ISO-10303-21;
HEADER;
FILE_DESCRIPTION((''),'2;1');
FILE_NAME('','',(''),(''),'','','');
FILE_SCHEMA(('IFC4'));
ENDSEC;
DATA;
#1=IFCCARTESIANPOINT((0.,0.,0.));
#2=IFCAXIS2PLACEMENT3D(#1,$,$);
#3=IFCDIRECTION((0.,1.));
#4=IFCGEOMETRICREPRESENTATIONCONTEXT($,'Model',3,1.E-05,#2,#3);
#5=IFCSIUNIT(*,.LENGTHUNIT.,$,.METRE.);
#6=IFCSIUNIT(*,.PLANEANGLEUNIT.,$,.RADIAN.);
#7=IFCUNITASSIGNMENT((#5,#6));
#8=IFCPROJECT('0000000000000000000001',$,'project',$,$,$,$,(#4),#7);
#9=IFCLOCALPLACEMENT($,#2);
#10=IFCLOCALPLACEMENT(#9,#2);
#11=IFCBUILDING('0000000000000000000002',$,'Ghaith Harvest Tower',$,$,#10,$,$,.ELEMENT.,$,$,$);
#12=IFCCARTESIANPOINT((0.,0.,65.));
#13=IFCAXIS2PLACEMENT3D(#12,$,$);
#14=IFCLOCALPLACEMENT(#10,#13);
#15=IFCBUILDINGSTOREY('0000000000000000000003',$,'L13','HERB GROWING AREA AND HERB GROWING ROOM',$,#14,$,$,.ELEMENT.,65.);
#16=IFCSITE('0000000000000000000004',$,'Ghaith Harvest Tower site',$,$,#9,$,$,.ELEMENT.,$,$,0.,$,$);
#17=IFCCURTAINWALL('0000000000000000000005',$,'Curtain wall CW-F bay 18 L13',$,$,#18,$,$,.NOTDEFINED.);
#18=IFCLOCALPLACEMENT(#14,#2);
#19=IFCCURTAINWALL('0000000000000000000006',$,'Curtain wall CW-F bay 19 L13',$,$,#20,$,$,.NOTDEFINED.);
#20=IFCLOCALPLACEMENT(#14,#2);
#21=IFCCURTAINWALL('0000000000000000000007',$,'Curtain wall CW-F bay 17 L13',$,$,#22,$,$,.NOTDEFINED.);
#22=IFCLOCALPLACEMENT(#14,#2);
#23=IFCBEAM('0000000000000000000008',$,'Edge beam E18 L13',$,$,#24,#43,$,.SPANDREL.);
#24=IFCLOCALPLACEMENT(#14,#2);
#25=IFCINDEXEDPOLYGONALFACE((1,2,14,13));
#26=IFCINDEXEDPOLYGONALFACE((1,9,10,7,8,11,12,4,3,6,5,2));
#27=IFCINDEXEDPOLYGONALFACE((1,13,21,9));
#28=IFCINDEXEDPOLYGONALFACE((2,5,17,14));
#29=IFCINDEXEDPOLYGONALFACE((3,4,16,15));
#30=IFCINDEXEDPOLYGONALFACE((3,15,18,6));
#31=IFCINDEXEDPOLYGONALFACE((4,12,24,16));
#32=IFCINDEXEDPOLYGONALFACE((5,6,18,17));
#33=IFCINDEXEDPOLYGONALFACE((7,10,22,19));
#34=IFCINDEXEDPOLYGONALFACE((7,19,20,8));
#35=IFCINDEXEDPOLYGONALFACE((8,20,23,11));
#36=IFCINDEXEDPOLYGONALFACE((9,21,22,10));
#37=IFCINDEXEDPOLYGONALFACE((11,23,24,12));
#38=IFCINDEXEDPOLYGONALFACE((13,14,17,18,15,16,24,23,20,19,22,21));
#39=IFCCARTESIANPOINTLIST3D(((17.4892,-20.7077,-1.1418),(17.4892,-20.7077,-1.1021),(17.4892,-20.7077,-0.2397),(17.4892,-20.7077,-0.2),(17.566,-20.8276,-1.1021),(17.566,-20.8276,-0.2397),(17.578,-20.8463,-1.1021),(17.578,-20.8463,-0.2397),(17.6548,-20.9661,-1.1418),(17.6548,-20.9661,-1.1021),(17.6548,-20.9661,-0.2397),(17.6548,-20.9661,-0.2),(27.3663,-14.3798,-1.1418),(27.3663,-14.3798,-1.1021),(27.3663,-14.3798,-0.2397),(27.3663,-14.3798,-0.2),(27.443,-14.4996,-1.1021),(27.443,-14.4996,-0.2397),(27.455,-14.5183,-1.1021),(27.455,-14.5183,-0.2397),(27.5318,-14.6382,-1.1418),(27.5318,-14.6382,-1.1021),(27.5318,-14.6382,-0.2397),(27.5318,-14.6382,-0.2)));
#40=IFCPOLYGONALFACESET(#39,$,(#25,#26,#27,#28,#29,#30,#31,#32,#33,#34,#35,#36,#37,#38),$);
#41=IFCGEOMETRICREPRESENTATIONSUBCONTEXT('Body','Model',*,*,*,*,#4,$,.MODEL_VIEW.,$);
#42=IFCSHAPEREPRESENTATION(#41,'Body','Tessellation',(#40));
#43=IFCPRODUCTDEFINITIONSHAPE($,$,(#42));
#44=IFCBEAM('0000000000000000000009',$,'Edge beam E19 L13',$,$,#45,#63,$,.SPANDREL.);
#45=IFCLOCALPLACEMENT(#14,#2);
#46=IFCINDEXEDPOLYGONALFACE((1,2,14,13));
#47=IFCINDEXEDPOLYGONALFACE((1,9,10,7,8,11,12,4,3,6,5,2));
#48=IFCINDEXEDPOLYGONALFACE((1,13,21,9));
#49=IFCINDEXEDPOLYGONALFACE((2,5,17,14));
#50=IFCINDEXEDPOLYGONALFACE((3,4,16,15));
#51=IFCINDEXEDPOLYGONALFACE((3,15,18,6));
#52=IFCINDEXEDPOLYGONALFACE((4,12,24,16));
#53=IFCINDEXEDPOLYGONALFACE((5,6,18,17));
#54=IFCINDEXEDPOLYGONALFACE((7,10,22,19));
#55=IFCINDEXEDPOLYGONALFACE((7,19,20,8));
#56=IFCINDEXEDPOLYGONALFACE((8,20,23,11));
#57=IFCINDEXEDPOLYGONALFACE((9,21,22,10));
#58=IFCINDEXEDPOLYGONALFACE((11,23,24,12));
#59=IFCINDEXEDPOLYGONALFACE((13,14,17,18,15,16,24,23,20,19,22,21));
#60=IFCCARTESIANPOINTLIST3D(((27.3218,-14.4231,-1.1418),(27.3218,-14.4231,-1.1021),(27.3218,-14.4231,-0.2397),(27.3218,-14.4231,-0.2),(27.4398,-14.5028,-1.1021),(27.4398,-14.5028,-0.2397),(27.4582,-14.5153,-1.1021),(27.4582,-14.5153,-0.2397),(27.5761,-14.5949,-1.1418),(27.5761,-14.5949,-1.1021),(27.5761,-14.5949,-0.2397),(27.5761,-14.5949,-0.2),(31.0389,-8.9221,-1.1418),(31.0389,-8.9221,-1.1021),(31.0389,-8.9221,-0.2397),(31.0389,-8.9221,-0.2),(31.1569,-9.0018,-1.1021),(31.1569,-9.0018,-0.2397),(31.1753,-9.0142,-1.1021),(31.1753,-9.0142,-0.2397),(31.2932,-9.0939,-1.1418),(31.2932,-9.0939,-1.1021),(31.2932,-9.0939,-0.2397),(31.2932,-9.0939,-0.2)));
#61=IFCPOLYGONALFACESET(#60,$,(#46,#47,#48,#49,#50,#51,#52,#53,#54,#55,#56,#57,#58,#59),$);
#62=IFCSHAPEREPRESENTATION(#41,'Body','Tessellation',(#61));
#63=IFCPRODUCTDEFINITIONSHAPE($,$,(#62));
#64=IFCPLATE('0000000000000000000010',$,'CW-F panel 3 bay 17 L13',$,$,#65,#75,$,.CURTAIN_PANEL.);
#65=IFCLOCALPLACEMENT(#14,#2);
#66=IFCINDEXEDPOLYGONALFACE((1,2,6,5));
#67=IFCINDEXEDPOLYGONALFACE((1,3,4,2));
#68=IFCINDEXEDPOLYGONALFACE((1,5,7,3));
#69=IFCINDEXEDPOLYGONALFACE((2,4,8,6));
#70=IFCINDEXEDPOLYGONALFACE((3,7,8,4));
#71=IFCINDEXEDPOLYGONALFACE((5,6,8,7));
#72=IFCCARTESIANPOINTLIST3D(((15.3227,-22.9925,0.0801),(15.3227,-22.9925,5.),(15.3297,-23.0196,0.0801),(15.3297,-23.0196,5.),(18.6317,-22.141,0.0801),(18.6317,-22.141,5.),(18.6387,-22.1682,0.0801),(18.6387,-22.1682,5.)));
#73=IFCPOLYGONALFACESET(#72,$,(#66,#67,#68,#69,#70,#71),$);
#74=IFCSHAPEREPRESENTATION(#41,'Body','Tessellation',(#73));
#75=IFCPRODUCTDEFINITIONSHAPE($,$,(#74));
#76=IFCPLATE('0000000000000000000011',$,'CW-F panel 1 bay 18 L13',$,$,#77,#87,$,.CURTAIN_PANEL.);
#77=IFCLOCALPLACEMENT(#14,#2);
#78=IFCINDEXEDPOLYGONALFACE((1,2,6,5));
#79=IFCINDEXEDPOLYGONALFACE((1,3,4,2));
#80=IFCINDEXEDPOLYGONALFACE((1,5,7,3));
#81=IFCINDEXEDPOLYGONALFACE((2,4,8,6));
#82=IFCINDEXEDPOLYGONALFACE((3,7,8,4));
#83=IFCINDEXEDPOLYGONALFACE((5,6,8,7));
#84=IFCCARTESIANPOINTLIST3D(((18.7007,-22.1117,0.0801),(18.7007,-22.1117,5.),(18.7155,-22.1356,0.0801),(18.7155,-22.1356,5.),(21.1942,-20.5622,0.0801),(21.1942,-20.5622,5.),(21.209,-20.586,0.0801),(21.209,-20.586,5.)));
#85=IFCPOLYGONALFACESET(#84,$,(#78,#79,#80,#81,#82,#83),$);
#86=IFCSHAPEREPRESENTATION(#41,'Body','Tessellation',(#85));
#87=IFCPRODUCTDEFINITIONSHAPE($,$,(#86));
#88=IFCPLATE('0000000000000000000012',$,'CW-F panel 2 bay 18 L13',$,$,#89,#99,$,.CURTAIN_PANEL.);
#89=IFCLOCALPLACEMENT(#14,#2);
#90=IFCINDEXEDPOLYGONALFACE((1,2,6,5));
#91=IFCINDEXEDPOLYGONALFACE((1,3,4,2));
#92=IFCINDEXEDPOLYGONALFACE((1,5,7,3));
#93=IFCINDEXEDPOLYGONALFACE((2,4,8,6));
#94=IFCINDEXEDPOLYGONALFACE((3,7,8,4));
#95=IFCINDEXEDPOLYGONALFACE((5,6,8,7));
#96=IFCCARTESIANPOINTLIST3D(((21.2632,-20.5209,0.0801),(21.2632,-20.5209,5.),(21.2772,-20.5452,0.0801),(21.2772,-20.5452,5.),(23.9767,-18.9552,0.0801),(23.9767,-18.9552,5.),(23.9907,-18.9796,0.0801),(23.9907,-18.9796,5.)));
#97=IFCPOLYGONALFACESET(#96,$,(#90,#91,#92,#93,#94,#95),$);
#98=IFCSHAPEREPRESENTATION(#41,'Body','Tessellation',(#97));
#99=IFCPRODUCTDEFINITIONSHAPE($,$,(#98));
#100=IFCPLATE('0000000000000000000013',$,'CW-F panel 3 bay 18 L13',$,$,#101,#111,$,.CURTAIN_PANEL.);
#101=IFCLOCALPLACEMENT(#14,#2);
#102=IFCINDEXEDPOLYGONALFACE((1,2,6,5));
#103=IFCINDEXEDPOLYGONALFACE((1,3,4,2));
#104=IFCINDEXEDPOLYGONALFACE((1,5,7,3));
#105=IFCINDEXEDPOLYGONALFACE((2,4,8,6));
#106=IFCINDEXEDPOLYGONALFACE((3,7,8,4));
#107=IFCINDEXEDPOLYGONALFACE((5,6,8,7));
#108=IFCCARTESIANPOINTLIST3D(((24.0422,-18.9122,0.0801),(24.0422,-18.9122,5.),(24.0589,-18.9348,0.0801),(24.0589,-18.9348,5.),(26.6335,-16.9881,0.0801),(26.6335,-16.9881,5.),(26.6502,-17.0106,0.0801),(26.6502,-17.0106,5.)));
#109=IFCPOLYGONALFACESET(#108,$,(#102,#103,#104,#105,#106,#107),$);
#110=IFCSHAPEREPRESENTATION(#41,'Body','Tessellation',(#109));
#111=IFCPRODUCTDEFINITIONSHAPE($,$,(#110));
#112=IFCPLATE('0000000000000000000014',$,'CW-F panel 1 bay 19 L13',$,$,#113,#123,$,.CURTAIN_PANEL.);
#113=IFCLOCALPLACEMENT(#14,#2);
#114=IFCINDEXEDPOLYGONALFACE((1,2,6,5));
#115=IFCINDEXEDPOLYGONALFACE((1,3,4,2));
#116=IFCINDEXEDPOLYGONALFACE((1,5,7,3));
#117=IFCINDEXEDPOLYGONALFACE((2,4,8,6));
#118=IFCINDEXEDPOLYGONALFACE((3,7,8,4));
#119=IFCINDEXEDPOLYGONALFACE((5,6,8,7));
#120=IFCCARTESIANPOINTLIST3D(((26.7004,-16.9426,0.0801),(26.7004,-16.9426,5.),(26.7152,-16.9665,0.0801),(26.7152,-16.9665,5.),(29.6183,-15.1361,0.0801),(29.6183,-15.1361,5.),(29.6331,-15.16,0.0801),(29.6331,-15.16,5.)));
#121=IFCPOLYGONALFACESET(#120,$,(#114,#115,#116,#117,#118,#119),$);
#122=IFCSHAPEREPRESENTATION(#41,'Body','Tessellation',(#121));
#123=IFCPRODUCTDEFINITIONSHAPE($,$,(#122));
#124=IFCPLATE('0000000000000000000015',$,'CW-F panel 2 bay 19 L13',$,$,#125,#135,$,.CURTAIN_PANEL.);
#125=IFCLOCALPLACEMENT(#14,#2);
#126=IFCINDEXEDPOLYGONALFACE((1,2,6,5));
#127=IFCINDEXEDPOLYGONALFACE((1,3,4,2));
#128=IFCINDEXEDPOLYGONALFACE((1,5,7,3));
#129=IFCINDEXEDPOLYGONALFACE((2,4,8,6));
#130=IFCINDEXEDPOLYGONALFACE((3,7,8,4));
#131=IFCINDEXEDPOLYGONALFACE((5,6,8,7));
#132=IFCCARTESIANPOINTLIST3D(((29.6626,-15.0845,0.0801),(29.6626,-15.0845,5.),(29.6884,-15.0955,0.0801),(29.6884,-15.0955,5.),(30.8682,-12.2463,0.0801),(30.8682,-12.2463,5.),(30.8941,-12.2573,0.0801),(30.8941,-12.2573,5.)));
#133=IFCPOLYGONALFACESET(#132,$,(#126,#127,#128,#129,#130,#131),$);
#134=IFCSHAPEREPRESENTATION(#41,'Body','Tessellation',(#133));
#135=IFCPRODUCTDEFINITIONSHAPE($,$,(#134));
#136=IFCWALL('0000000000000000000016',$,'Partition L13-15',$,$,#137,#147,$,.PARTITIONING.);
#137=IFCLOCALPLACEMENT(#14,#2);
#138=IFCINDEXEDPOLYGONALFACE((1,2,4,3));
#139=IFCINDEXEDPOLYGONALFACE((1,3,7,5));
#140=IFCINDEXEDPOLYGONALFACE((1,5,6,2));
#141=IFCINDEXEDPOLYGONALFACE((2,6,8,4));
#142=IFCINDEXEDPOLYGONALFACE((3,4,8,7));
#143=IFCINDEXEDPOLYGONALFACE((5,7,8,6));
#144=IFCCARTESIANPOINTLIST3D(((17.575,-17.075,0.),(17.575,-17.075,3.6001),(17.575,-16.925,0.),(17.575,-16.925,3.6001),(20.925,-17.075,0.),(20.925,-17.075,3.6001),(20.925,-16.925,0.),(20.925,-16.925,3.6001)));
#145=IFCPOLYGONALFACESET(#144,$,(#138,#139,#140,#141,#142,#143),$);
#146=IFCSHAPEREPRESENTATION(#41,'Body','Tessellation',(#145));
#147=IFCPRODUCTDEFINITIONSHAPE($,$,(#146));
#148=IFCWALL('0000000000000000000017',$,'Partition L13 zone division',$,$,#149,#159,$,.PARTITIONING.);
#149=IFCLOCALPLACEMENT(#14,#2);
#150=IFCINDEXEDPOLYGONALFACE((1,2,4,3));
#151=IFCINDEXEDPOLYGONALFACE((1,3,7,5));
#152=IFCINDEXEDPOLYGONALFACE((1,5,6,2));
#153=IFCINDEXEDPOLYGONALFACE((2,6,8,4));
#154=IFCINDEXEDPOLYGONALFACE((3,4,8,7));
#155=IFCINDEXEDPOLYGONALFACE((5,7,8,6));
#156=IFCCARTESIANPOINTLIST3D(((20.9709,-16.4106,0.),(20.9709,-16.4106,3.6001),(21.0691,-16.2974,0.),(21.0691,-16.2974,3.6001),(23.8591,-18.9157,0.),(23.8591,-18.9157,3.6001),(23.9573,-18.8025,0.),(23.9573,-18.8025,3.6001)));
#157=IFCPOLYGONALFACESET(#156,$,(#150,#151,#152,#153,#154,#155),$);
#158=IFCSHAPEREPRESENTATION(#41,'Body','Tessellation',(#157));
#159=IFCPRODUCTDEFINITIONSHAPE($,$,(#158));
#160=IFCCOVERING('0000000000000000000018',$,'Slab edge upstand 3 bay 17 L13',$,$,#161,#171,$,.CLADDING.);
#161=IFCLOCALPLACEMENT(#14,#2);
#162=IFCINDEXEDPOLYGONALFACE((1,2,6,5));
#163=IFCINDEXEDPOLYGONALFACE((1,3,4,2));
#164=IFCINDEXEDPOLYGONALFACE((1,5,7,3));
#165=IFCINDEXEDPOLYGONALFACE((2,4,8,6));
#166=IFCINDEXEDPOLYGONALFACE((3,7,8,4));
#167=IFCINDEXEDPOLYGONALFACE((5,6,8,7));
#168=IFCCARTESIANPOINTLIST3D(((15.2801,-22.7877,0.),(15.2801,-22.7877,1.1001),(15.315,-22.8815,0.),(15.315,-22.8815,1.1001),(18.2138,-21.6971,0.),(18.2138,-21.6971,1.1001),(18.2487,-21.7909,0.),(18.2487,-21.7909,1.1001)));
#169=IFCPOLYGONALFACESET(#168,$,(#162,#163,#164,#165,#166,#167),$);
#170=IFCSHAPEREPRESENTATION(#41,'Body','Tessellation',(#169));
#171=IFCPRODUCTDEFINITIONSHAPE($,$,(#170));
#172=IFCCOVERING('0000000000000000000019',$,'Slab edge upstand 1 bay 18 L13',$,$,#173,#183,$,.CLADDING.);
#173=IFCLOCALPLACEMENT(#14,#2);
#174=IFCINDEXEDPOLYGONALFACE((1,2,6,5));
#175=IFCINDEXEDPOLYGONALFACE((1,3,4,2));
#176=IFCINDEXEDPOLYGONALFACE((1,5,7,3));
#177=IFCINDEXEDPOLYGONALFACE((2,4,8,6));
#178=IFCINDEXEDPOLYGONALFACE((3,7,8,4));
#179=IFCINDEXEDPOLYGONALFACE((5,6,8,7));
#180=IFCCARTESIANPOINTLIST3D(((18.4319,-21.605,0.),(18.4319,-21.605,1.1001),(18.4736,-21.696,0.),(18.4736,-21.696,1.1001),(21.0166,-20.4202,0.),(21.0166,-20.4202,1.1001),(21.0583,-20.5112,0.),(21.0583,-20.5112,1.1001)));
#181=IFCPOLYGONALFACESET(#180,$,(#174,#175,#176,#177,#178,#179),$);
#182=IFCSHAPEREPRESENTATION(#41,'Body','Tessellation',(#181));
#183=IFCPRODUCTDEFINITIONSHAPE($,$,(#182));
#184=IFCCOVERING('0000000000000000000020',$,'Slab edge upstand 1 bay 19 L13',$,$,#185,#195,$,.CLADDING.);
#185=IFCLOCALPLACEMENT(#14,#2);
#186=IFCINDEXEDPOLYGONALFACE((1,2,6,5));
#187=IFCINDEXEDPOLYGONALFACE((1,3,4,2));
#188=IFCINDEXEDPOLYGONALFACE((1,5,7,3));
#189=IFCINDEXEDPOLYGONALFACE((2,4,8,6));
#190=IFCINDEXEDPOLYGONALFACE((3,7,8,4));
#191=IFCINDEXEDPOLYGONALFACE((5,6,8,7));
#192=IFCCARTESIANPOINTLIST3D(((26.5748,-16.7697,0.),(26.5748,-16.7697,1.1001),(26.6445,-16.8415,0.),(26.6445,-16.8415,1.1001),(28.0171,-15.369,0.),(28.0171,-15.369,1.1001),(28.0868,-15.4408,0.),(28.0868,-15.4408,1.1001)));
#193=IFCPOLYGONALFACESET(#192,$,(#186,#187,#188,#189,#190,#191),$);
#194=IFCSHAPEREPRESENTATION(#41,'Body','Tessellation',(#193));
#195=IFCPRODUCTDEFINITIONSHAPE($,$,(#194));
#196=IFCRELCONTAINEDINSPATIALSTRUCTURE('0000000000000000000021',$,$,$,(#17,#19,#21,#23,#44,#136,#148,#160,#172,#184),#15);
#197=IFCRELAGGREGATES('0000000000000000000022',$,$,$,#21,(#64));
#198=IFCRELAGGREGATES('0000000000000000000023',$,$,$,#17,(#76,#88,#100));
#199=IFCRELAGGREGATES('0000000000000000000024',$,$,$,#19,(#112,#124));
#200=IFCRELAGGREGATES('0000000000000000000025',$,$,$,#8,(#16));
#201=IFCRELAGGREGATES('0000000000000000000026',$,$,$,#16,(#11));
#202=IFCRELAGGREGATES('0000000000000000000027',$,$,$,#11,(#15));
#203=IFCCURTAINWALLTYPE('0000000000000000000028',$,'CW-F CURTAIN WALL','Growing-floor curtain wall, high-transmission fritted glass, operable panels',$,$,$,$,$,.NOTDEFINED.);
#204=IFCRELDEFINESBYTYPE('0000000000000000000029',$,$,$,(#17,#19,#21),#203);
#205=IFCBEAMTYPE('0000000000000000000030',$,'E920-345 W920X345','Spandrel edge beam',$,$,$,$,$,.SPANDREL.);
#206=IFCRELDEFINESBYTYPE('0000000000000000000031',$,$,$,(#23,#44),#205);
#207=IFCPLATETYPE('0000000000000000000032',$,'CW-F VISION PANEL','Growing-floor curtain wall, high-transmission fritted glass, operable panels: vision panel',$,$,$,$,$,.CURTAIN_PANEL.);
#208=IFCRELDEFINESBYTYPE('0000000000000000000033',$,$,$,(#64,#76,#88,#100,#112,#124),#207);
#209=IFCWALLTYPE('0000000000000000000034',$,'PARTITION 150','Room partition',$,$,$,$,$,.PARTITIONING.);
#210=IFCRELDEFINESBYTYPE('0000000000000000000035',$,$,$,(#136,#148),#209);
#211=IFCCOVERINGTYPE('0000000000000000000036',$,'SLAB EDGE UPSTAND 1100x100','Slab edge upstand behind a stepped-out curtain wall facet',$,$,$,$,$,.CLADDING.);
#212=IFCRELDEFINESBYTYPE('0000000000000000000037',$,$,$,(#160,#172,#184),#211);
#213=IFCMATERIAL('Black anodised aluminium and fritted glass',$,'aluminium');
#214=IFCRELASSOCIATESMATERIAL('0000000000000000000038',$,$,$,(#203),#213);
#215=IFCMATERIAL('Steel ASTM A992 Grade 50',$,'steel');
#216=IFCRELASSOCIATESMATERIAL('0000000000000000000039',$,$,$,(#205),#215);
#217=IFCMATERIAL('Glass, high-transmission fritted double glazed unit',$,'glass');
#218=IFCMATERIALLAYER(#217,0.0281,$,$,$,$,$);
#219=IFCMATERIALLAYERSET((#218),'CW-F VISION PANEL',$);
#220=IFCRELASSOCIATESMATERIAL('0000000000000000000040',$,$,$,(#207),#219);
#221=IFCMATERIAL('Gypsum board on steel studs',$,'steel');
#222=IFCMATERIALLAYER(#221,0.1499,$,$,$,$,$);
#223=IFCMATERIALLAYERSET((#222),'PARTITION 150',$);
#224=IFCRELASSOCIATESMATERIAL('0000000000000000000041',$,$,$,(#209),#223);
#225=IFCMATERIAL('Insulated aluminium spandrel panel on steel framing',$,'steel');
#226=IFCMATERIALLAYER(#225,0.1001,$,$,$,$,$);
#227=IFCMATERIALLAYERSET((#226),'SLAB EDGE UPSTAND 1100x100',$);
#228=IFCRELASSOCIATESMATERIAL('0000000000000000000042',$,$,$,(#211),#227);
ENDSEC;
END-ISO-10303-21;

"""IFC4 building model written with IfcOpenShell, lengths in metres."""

from ifc_helpers import new_model, si_unit, direction, frame, frame_2d, origin, origin_2d, place, context, subcontext, project, spatial, rectangle, i_section, extrude, material, layer, layer_set, material_profile, profile_set, type_object, element, aggregate, save


model = new_model("IFC4")

# Units and contexts
model_context = context("Model", 3, precision=1e-05, world=origin(), true_north=direction((0.0, 1.0)))
body_context = subcontext(model_context, "Body", "Model", "MODEL_VIEW")
ifc_project = project(units=[si_unit("LENGTHUNIT", "METRE"), si_unit("PLANEANGLEUNIT", "RADIAN")], contexts=[model_context])

# Site, building, storey
site_placement = place(None, origin())
site = spatial("IfcSite", under=ifc_project, at=site_placement, Name="Ghaith Harvest Tower site", CompositionType="ELEMENT", RefElevation=0.0)
building_placement = place(site_placement, origin())
building = spatial("IfcBuilding", under=site, at=building_placement, Name="Ghaith Harvest Tower", CompositionType="ELEMENT")
storey_placement = place(building_placement, frame((0.0, 0.0, 65.0)))
storey = spatial("IfcBuildingStorey", under=building, at=storey_placement, Name="L13", Description="HERB GROWING AREA AND HERB GROWING ROOM", CompositionType="ELEMENT", Elevation=65.0)

# Curtain walls
ifc_material_1 = material(Name="Black anodised aluminium and fritted glass", Category="aluminium")
curtain_wall_type = type_object("IfcCurtainWallType", Name="CW-F CURTAIN WALL", Description="Growing-floor curtain wall, high-transmission fritted glass, operable panels", PredefinedType="NOTDEFINED", material=ifc_material_1)
curtain_wall_1_placement = place(storey_placement, origin())
curtain_wall_1 = element("IfcCurtainWall", 1, at=curtain_wall_1_placement, inside=storey, type_object=curtain_wall_type, Name="Curtain wall CW-F bay 18 L13", PredefinedType="NOTDEFINED")
curtain_wall_2_placement = place(storey_placement, origin())
curtain_wall_2 = element("IfcCurtainWall", 2, at=curtain_wall_2_placement, inside=storey, type_object=curtain_wall_type, Name="Curtain wall CW-F bay 19 L13", PredefinedType="NOTDEFINED")

# Curtain wall
curtain_wall_3_placement = place(storey_placement, origin())
curtain_wall_3 = element("IfcCurtainWall", 3, at=curtain_wall_3_placement, inside=storey, type_object=curtain_wall_type, Name="Curtain wall CW-F bay 17 L13", PredefinedType="NOTDEFINED")

# Beams
ifc_material_2 = material(Name="Steel ASTM A992 Grade 50", Category="steel")
ifc_material_profile_1 = material_profile(ifc_material_2, i_section(OverallWidth=0.3069, OverallDepth=0.9419, WebThickness=0.0222, FlangeThickness=0.0398, at=origin_2d()), Name="W920X345")
ifc_profile_set_1 = profile_set([ifc_material_profile_1], Name="Steel ASTM A992 Grade 50")
beam_type = type_object("IfcBeamType", Name="E920-345 W920X345", Description="Spandrel edge beam", PredefinedType="SPANDREL", material=ifc_profile_set_1)
beam_1_placement = place(storey_placement, frame((17.572, -20.8369, -0.6709), z_axis=(0.842015, 0.539455, 0.0), x_axis=(-0.539455, 0.842015, 0.0)))
element("IfcBeam", 4, at=beam_1_placement, inside=storey, type_object=beam_type, Name="Edge beam E18 L13", PredefinedType="SPANDREL", context=body_context, shape_type="SweptSolid", body=[
    extrude(i_section(OverallWidth=0.3069, OverallDepth=0.9419, WebThickness=0.0222, FlangeThickness=0.0398, at=origin_2d()), origin(), (0.0, 0.0, 1.0), 11.7302),
])
beam_2_placement = place(storey_placement, frame((27.449, -14.509, -0.6709), z_axis=(0.559874, 0.828577, 0.0), x_axis=(-0.828577, 0.559874, 0.0)))
element("IfcBeam", 5, at=beam_2_placement, inside=storey, type_object=beam_type, Name="Edge beam E19 L13", PredefinedType="SPANDREL", context=body_context, shape_type="SweptSolid", body=[
    extrude(i_section(OverallWidth=0.3069, OverallDepth=0.9419, WebThickness=0.0222, FlangeThickness=0.0398, at=origin_2d()), origin(), (0.0, 0.0, 1.0), 6.6392),
])

# Plates
ifc_material_3 = material(Name="Glass, high-transmission fritted double glazed unit", Category="glass")
ifc_layer_1 = layer(ifc_material_3, 0.0281)
ifc_layer_set_1 = layer_set([ifc_layer_1], Name="CW-F VISION PANEL")
plate_type = type_object("IfcPlateType", Name="CW-F VISION PANEL", Description="Growing-floor curtain wall, high-transmission fritted glass, operable panels: vision panel", PredefinedType="CURTAIN_PANEL", material=ifc_layer_set_1)
plate_1_placement = place(storey_placement, frame((16.9807, -22.5803, 0.0801), z_axis=(0.0, 0.0, 1.0), x_axis=(0.968451, 0.249202, 0.0)))
plate_1 = element("IfcPlate", 6, at=plate_1_placement, type_object=plate_type, Name="CW-F panel 3 bay 17 L13", PredefinedType="CURTAIN_PANEL", context=body_context, shape_type="SweptSolid", body=[
    extrude(rectangle(XDim=3.4167, YDim=0.0281, at=origin_2d()), origin(), (0.0, 0.0, 1.0), 4.9199),
])
aggregate(curtain_wall_3, [plate_1])
plate_2_placement = place(storey_placement, frame((19.9548, -21.3489, 0.0801), z_axis=(0.0, 0.0, 1.0), x_axis=(0.849361, 0.527813, 0.0)))
plate_2 = element("IfcPlate", 7, at=plate_2_placement, type_object=plate_type, Name="CW-F panel 1 bay 18 L13", PredefinedType="CURTAIN_PANEL", context=body_context, shape_type="SweptSolid", body=[
    extrude(rectangle(XDim=2.9358, YDim=0.0281, at=origin_2d()), origin(), (0.0, 0.0, 1.0), 4.9199),
])
plate_3_placement = place(storey_placement, frame((22.627, -19.7502, 0.0801), z_axis=(0.0, 0.0, 1.0), x_axis=(0.866159, 0.499768, 0.0)))
plate_3 = element("IfcPlate", 8, at=plate_3_placement, type_object=plate_type, Name="CW-F panel 2 bay 18 L13", PredefinedType="CURTAIN_PANEL", context=body_context, shape_type="SweptSolid", body=[
    extrude(rectangle(XDim=3.1328, YDim=0.0281, at=origin_2d()), origin(), (0.0, 0.0, 1.0), 4.9199),
])
plate_4_placement = place(storey_placement, frame((25.3462, -17.9614, 0.0801), z_axis=(0.0, 0.0, 1.0), x_axis=(0.802867, 0.596158, 0.0)))
plate_4 = element("IfcPlate", 9, at=plate_4_placement, type_object=plate_type, Name="CW-F panel 3 bay 18 L13", PredefinedType="CURTAIN_PANEL", context=body_context, shape_type="SweptSolid", body=[
    extrude(rectangle(XDim=3.2275, YDim=0.0281, at=origin_2d()), origin(), (0.0, 0.0, 1.0), 4.9199),
])
aggregate(curtain_wall_1, [plate_2, plate_3, plate_4])
plate_5_placement = place(storey_placement, frame((28.1667, -16.0513, 0.0801), z_axis=(0.0, 0.0, 1.0), x_axis=(0.850246, 0.526386, 0.0)))
plate_5 = element("IfcPlate", 10, at=plate_5_placement, type_object=plate_type, Name="CW-F panel 1 bay 19 L13", PredefinedType="CURTAIN_PANEL", context=body_context, shape_type="SweptSolid", body=[
    extrude(rectangle(XDim=3.4319, YDim=0.0281, at=origin_2d()), origin(), (0.0, 0.0, 1.0), 4.9199),
])
plate_6_placement = place(storey_placement, frame((30.2783, -13.6709, 0.0801), z_axis=(0.0, 0.0, 1.0), x_axis=(0.39098, 0.920399, 0.0)))
plate_6 = element("IfcPlate", 11, at=plate_6_placement, type_object=plate_type, Name="CW-F panel 2 bay 19 L13", PredefinedType="CURTAIN_PANEL", context=body_context, shape_type="SweptSolid", body=[
    extrude(rectangle(XDim=3.0837, YDim=0.0281, at=origin_2d()), origin(), (0.0, 0.0, 1.0), 4.9199),
])
aggregate(curtain_wall_2, [plate_5, plate_6])

# Walls
ifc_material_4 = material(Name="Gypsum board on steel studs", Category="steel")
ifc_layer_2 = layer(ifc_material_4, 0.1499)
ifc_layer_set_2 = layer_set([ifc_layer_2], Name="PARTITION 150")
wall_type = type_object("IfcWallType", Name="PARTITION 150", Description="Room partition", PredefinedType="PARTITIONING", material=ifc_layer_set_2)
wall_1_placement = place(storey_placement, frame((17.575, -17.0, 0.0), z_axis=(0.0, 0.0, 1.0), x_axis=(1.0, 0.0, 0.0)))
element("IfcWall", 12, at=wall_1_placement, inside=storey, type_object=wall_type, Name="Partition L13-15", PredefinedType="PARTITIONING", context=body_context, shape_type="SweptSolid", body=[
    extrude(rectangle(XDim=3.3501, YDim=0.1499, at=frame_2d((1.675, 0.0))), origin(), (0.0, 0.0, 1.0), 3.6001),
])
wall_2_placement = place(storey_placement, frame((21.02, -16.354, 0.0), z_axis=(0.0, 0.0, 1.0), x_axis=(0.755426, -0.655234, 0.0)))
element("IfcWall", 13, at=wall_2_placement, inside=storey, type_object=wall_type, Name="Partition L13 zone division", PredefinedType="PARTITIONING", context=body_context, shape_type="SweptSolid", body=[
    extrude(rectangle(XDim=3.8232, YDim=0.1499, at=frame_2d((1.9116, 0.0))), origin(), (0.0, 0.0, 1.0), 3.6001),
])

# Coverings
ifc_material_5 = material(Name="Insulated aluminium spandrel panel on steel framing", Category="steel")
ifc_layer_3 = layer(ifc_material_5, 0.1001)
ifc_layer_set_3 = layer_set([ifc_layer_3], Name="SLAB EDGE UPSTAND 1100x100")
covering_type = type_object("IfcCoveringType", Name="SLAB EDGE UPSTAND 1100x100", Description="Slab edge upstand behind a stepped-out curtain wall facet", PredefinedType="CLADDING", material=ifc_layer_set_3)
covering_1_placement = place(storey_placement, frame((16.7644, -22.2893, 0.0), z_axis=(0.0, 0.0, 1.0), x_axis=(0.937332, 0.348438, 0.0)))
element("IfcCovering", 14, at=covering_1_placement, inside=storey, type_object=covering_type, Name="Slab edge upstand 3 bay 17 L13", PredefinedType="CLADDING", context=body_context, shape_type="SweptSolid", body=[
    extrude(rectangle(XDim=3.1299, YDim=0.1001, at=origin_2d()), origin(), (0.0, 0.0, 1.0), 1.1001),
])
covering_2_placement = place(storey_placement, frame((19.7451, -21.0581, 0.0), z_axis=(0.0, 0.0, 1.0), x_axis=(0.909046, 0.416696, 0.0)))
element("IfcCovering", 15, at=covering_2_placement, inside=storey, type_object=covering_type, Name="Slab edge upstand 1 bay 18 L13", PredefinedType="CLADDING", context=body_context, shape_type="SweptSolid", body=[
    extrude(rectangle(XDim=2.8433, YDim=0.1001, at=origin_2d()), origin(), (0.0, 0.0, 1.0), 1.1001),
])
covering_3_placement = place(storey_placement, frame((27.3308, -16.1052, 0.0), z_axis=(0.0, 0.0, 1.0), x_axis=(0.717386, 0.696675, 0.0)))
element("IfcCovering", 16, at=covering_3_placement, inside=storey, type_object=covering_type, Name="Slab edge upstand 1 bay 19 L13", PredefinedType="CLADDING", context=body_context, shape_type="SweptSolid", body=[
    extrude(rectangle(XDim=2.0105, YDim=0.1001, at=origin_2d()), origin(), (0.0, 0.0, 1.0), 1.1001),
])

save(model, "model.ifc")
